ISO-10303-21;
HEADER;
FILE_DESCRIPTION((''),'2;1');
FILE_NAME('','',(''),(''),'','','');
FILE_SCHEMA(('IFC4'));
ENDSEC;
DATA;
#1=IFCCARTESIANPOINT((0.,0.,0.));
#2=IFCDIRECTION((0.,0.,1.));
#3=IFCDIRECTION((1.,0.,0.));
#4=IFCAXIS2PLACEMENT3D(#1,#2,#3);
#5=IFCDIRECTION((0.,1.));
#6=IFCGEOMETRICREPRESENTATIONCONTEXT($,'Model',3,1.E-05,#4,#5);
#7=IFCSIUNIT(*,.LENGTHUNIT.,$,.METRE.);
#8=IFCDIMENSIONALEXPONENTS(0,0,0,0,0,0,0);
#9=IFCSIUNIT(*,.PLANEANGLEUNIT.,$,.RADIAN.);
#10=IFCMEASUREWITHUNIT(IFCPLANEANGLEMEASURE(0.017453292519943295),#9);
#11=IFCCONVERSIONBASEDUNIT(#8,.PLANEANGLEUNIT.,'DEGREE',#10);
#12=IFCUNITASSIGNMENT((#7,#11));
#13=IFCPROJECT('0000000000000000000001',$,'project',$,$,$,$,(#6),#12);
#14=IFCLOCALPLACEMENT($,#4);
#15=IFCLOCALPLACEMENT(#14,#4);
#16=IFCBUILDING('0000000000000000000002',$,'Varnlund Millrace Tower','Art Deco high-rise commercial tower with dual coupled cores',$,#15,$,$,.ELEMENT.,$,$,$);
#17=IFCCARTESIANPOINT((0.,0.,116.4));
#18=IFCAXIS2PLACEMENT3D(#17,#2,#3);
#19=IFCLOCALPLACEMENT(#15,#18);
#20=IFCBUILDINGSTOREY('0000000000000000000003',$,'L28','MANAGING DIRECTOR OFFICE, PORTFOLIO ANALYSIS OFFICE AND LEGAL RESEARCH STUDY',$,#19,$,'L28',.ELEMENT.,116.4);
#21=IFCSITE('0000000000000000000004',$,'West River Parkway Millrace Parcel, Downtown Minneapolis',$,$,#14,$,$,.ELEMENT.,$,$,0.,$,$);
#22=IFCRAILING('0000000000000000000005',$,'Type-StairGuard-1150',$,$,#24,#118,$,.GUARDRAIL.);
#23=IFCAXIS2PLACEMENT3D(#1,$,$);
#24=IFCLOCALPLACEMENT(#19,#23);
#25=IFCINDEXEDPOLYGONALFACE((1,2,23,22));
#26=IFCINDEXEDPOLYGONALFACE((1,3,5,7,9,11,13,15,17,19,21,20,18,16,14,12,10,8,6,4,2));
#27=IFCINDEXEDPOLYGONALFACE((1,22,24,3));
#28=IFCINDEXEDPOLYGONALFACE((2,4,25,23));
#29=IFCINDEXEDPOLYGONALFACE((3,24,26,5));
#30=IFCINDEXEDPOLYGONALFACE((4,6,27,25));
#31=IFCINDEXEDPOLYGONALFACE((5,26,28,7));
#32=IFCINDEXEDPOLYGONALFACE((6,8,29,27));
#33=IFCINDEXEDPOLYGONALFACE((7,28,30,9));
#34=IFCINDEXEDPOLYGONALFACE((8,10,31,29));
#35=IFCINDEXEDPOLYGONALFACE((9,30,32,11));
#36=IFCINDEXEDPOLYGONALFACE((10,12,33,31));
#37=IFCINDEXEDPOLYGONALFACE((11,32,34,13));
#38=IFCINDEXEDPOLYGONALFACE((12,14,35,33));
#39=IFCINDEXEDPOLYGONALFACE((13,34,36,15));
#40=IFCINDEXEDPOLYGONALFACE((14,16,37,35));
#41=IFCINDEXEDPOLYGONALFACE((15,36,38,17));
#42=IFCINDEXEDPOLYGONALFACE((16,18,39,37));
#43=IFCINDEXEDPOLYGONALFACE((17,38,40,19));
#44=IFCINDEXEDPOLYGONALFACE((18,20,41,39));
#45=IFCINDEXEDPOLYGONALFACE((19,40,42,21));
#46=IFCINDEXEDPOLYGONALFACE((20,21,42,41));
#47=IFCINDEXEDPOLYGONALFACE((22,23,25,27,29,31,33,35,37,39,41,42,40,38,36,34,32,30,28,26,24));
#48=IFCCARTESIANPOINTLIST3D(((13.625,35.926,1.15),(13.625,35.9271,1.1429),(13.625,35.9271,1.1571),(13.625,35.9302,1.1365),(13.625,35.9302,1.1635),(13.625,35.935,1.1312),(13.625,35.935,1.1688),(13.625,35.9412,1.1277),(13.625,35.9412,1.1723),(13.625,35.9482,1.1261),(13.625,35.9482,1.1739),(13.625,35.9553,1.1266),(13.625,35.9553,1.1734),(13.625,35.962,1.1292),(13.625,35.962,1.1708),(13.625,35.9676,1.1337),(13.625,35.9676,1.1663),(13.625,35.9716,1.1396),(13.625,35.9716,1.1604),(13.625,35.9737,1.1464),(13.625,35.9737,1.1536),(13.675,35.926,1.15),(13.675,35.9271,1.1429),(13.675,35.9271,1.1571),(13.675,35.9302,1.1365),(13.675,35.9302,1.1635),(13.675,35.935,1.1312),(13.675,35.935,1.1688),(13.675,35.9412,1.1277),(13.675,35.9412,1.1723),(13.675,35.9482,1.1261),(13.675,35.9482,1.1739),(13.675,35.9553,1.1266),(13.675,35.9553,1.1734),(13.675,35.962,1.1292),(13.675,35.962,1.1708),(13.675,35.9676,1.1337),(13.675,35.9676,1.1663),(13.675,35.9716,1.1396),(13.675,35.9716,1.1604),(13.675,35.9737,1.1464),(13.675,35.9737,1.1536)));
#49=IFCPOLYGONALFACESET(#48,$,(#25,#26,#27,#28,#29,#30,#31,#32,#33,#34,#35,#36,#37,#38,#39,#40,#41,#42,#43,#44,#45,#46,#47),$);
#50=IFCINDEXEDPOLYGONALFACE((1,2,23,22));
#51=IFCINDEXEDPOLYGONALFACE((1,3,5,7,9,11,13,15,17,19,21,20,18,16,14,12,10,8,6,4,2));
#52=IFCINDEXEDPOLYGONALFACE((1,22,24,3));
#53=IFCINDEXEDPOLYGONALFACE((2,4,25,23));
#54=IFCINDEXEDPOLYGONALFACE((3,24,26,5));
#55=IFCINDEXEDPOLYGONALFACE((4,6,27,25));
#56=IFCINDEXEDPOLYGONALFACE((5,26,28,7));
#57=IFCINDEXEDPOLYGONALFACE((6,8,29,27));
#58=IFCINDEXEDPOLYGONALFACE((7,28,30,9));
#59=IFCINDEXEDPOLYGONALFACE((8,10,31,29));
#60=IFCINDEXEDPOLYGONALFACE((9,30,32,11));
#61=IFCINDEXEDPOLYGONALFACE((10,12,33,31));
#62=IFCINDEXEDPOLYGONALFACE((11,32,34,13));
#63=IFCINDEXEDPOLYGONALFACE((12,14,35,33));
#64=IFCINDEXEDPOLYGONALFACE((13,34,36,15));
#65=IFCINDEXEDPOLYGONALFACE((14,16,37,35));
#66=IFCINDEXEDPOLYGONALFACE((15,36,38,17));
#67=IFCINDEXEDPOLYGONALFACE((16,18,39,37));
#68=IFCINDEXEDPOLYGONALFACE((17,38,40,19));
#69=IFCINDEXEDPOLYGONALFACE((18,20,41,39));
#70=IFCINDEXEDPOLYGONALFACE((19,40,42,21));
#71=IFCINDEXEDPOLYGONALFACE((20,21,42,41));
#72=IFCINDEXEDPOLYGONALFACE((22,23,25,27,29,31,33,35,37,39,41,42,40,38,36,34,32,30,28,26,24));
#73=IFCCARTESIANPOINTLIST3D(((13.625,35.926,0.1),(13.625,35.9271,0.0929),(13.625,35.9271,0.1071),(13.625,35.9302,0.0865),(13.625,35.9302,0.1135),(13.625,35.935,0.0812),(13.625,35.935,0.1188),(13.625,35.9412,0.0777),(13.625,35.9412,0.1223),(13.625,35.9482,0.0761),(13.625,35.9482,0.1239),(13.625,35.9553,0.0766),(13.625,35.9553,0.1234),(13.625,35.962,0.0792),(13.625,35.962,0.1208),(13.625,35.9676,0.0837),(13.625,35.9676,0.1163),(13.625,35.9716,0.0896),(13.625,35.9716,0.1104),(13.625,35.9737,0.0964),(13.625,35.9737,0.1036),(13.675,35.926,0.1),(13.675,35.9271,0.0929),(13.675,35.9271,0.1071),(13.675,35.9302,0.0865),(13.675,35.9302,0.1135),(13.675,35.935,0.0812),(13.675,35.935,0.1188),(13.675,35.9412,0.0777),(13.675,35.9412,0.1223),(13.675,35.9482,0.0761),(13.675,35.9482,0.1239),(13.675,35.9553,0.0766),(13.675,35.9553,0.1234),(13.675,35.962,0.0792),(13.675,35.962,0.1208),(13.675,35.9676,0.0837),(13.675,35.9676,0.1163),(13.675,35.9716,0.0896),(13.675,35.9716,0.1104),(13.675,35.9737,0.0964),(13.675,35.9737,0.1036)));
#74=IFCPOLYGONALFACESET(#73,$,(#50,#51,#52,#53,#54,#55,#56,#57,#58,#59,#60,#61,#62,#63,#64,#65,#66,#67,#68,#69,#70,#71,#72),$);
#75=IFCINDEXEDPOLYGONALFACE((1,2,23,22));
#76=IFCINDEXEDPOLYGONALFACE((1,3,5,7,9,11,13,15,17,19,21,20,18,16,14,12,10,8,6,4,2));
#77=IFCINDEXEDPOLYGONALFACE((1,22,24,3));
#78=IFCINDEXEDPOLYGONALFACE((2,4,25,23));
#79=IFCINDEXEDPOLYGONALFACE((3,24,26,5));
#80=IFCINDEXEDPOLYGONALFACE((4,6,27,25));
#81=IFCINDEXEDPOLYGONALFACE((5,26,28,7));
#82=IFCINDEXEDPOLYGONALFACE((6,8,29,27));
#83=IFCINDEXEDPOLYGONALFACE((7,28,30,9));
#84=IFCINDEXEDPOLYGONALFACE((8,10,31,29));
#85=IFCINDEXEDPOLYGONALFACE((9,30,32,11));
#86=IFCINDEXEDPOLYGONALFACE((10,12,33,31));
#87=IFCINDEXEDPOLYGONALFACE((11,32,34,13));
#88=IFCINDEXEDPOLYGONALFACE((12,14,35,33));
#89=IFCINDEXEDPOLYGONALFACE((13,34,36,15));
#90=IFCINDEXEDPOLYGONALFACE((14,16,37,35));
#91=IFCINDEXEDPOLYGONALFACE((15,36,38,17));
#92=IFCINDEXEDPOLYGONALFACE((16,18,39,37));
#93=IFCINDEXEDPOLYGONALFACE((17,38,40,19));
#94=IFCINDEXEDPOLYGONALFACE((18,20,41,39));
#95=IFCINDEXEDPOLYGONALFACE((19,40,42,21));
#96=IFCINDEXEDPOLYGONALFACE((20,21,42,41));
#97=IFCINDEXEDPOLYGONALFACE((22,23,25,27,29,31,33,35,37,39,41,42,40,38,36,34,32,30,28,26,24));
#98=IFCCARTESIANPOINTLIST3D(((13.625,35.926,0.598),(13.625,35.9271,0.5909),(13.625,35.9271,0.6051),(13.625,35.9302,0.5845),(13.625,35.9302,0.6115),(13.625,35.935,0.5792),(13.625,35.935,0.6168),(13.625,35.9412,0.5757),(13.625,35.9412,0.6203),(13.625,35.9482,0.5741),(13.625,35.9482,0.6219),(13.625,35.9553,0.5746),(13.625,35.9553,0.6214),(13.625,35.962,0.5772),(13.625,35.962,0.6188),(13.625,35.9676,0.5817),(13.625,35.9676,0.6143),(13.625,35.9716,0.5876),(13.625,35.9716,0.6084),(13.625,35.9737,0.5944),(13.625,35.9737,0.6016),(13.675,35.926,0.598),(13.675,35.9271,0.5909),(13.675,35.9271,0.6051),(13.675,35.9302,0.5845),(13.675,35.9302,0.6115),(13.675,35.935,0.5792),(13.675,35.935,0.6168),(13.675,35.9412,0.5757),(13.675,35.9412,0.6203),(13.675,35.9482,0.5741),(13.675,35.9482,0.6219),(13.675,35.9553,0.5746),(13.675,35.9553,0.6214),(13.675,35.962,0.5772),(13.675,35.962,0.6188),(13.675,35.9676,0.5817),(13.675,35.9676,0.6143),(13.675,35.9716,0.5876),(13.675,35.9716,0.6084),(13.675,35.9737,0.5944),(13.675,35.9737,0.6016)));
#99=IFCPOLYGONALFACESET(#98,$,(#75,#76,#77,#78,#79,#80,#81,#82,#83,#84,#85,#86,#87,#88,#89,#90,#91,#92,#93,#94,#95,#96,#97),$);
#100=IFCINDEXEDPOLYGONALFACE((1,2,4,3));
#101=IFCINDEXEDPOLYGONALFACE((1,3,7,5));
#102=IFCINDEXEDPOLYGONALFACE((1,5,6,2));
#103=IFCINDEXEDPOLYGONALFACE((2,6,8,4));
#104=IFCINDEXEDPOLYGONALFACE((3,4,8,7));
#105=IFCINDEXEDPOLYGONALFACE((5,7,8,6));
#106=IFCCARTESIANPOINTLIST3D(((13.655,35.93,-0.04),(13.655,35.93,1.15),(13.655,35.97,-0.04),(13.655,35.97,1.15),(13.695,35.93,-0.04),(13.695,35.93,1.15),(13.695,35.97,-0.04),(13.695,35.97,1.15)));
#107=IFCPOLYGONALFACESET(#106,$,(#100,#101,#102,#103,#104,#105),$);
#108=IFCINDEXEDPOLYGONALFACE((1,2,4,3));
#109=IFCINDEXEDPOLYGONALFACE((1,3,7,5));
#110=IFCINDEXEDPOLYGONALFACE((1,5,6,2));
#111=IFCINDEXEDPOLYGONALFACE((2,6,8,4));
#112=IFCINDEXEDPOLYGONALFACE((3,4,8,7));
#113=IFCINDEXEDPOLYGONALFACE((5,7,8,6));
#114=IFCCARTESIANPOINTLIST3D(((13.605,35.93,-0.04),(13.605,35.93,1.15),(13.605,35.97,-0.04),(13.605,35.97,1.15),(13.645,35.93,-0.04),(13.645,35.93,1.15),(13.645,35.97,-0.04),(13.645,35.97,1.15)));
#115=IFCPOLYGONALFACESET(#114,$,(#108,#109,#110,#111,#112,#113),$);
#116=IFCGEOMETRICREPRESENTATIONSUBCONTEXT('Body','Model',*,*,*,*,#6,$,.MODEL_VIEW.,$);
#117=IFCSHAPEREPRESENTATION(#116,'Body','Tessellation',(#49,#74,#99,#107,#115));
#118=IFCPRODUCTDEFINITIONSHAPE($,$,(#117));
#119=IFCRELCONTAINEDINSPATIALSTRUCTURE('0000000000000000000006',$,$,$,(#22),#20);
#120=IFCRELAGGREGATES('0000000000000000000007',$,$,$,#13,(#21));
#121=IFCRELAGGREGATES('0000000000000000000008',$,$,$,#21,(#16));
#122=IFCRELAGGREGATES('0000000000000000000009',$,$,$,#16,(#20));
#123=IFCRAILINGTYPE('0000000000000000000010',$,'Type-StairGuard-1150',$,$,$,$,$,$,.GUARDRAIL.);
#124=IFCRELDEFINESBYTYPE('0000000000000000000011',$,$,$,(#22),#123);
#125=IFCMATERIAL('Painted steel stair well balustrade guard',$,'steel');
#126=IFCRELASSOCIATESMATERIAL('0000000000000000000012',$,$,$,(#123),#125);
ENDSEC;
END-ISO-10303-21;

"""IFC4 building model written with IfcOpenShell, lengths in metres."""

from ifc_helpers import new_model, entity, si_unit, converted_unit, direction, frame, origin_with_axes, origin_2d_with_axis, place, context, subcontext, project, spatial, rectangle, circle, extrude, material, type_object, element, save


model = new_model("IFC4")

# Units and contexts
model_context = context("Model", 3, precision=1e-05, world=origin_with_axes(), true_north=direction((0.0, 1.0)))
body_context = subcontext(model_context, "Body", "Model", "MODEL_VIEW")
ifc_project = project(units=[si_unit("LENGTHUNIT", "METRE"), converted_unit("PLANEANGLEUNIT", "DEGREE", entity("IfcPlaneAngleMeasure", 0.017453292519943295), si_unit("PLANEANGLEUNIT", "RADIAN"), dimensions=[0, 0, 0, 0, 0, 0, 0])], contexts=[model_context])

# Site, building, storey
site_placement = place(None, origin_with_axes())
site = spatial("IfcSite", under=ifc_project, at=site_placement, Name="West River Parkway Millrace Parcel, Downtown Minneapolis", CompositionType="ELEMENT", RefElevation=0.0)
building_placement = place(site_placement, origin_with_axes())
building = spatial("IfcBuilding", under=site, at=building_placement, Name="Varnlund Millrace Tower", Description="Art Deco high-rise commercial tower with dual coupled cores", CompositionType="ELEMENT")
storey_placement = place(building_placement, frame((0.0, 0.0, 116.4), z_axis=(0.0, 0.0, 1.0), x_axis=(1.0, 0.0, 0.0)))
storey = spatial("IfcBuildingStorey", under=building, at=storey_placement, Name="L28", Description="MANAGING DIRECTOR OFFICE, PORTFOLIO ANALYSIS OFFICE AND LEGAL RESEARCH STUDY", LongName="L28", CompositionType="ELEMENT", Elevation=116.4)

# Railing
ifc_material_1 = material(Name="Painted steel stair well balustrade guard", Category="steel")
railing_type_1 = type_object("IfcRailingType", Name="Type-StairGuard-1150", PredefinedType="GUARDRAIL", material=ifc_material_1)
railing_1_placement = place(storey_placement, frame((0.0, 0.0, -116.4), z_axis=(0.0, 0.0, 1.0), x_axis=(1.0, 0.0, 0.0)))
element("IfcRailing", 1, at=railing_1_placement, inside=storey, type_object=railing_type_1, Name="Type-StairGuard-1150", PredefinedType="GUARDRAIL", context=body_context, shape_type="SweptSolid", body=[
    extrude(circle(Radius=0.024, at=origin_2d_with_axis()), frame((13.675, 35.95, 117.55), z_axis=(-1.0, 0.0, 0.0), x_axis=(0.0, -1.0, 0.0)), (0.0, 0.0, 1.0), 0.05),
    extrude(circle(Radius=0.024, at=origin_2d_with_axis()), frame((13.675, 35.95, 116.5), z_axis=(-1.0, 0.0, 0.0), x_axis=(0.0, -1.0, 0.0)), (0.0, 0.0, 1.0), 0.05),
    extrude(circle(Radius=0.024, at=origin_2d_with_axis()), frame((13.675, 35.95, 116.998), z_axis=(-1.0, 0.0, 0.0), x_axis=(0.0, -1.0, 0.0)), (0.0, 0.0, 1.0), 0.05),
    extrude(rectangle(XDim=0.04, YDim=0.04, at=origin_2d_with_axis()), frame((13.675, 35.95, 116.36), z_axis=(0.0, 0.0, 1.0), x_axis=(1.0, 0.0, 0.0)), (0.0, 0.0, 1.0), 1.19),
    extrude(rectangle(XDim=0.04, YDim=0.04, at=origin_2d_with_axis()), frame((13.625, 35.95, 116.36), z_axis=(0.0, 0.0, 1.0), x_axis=(1.0, 0.0, 0.0)), (0.0, 0.0, 1.0), 1.19),
])

save(model, "model.ifc")
